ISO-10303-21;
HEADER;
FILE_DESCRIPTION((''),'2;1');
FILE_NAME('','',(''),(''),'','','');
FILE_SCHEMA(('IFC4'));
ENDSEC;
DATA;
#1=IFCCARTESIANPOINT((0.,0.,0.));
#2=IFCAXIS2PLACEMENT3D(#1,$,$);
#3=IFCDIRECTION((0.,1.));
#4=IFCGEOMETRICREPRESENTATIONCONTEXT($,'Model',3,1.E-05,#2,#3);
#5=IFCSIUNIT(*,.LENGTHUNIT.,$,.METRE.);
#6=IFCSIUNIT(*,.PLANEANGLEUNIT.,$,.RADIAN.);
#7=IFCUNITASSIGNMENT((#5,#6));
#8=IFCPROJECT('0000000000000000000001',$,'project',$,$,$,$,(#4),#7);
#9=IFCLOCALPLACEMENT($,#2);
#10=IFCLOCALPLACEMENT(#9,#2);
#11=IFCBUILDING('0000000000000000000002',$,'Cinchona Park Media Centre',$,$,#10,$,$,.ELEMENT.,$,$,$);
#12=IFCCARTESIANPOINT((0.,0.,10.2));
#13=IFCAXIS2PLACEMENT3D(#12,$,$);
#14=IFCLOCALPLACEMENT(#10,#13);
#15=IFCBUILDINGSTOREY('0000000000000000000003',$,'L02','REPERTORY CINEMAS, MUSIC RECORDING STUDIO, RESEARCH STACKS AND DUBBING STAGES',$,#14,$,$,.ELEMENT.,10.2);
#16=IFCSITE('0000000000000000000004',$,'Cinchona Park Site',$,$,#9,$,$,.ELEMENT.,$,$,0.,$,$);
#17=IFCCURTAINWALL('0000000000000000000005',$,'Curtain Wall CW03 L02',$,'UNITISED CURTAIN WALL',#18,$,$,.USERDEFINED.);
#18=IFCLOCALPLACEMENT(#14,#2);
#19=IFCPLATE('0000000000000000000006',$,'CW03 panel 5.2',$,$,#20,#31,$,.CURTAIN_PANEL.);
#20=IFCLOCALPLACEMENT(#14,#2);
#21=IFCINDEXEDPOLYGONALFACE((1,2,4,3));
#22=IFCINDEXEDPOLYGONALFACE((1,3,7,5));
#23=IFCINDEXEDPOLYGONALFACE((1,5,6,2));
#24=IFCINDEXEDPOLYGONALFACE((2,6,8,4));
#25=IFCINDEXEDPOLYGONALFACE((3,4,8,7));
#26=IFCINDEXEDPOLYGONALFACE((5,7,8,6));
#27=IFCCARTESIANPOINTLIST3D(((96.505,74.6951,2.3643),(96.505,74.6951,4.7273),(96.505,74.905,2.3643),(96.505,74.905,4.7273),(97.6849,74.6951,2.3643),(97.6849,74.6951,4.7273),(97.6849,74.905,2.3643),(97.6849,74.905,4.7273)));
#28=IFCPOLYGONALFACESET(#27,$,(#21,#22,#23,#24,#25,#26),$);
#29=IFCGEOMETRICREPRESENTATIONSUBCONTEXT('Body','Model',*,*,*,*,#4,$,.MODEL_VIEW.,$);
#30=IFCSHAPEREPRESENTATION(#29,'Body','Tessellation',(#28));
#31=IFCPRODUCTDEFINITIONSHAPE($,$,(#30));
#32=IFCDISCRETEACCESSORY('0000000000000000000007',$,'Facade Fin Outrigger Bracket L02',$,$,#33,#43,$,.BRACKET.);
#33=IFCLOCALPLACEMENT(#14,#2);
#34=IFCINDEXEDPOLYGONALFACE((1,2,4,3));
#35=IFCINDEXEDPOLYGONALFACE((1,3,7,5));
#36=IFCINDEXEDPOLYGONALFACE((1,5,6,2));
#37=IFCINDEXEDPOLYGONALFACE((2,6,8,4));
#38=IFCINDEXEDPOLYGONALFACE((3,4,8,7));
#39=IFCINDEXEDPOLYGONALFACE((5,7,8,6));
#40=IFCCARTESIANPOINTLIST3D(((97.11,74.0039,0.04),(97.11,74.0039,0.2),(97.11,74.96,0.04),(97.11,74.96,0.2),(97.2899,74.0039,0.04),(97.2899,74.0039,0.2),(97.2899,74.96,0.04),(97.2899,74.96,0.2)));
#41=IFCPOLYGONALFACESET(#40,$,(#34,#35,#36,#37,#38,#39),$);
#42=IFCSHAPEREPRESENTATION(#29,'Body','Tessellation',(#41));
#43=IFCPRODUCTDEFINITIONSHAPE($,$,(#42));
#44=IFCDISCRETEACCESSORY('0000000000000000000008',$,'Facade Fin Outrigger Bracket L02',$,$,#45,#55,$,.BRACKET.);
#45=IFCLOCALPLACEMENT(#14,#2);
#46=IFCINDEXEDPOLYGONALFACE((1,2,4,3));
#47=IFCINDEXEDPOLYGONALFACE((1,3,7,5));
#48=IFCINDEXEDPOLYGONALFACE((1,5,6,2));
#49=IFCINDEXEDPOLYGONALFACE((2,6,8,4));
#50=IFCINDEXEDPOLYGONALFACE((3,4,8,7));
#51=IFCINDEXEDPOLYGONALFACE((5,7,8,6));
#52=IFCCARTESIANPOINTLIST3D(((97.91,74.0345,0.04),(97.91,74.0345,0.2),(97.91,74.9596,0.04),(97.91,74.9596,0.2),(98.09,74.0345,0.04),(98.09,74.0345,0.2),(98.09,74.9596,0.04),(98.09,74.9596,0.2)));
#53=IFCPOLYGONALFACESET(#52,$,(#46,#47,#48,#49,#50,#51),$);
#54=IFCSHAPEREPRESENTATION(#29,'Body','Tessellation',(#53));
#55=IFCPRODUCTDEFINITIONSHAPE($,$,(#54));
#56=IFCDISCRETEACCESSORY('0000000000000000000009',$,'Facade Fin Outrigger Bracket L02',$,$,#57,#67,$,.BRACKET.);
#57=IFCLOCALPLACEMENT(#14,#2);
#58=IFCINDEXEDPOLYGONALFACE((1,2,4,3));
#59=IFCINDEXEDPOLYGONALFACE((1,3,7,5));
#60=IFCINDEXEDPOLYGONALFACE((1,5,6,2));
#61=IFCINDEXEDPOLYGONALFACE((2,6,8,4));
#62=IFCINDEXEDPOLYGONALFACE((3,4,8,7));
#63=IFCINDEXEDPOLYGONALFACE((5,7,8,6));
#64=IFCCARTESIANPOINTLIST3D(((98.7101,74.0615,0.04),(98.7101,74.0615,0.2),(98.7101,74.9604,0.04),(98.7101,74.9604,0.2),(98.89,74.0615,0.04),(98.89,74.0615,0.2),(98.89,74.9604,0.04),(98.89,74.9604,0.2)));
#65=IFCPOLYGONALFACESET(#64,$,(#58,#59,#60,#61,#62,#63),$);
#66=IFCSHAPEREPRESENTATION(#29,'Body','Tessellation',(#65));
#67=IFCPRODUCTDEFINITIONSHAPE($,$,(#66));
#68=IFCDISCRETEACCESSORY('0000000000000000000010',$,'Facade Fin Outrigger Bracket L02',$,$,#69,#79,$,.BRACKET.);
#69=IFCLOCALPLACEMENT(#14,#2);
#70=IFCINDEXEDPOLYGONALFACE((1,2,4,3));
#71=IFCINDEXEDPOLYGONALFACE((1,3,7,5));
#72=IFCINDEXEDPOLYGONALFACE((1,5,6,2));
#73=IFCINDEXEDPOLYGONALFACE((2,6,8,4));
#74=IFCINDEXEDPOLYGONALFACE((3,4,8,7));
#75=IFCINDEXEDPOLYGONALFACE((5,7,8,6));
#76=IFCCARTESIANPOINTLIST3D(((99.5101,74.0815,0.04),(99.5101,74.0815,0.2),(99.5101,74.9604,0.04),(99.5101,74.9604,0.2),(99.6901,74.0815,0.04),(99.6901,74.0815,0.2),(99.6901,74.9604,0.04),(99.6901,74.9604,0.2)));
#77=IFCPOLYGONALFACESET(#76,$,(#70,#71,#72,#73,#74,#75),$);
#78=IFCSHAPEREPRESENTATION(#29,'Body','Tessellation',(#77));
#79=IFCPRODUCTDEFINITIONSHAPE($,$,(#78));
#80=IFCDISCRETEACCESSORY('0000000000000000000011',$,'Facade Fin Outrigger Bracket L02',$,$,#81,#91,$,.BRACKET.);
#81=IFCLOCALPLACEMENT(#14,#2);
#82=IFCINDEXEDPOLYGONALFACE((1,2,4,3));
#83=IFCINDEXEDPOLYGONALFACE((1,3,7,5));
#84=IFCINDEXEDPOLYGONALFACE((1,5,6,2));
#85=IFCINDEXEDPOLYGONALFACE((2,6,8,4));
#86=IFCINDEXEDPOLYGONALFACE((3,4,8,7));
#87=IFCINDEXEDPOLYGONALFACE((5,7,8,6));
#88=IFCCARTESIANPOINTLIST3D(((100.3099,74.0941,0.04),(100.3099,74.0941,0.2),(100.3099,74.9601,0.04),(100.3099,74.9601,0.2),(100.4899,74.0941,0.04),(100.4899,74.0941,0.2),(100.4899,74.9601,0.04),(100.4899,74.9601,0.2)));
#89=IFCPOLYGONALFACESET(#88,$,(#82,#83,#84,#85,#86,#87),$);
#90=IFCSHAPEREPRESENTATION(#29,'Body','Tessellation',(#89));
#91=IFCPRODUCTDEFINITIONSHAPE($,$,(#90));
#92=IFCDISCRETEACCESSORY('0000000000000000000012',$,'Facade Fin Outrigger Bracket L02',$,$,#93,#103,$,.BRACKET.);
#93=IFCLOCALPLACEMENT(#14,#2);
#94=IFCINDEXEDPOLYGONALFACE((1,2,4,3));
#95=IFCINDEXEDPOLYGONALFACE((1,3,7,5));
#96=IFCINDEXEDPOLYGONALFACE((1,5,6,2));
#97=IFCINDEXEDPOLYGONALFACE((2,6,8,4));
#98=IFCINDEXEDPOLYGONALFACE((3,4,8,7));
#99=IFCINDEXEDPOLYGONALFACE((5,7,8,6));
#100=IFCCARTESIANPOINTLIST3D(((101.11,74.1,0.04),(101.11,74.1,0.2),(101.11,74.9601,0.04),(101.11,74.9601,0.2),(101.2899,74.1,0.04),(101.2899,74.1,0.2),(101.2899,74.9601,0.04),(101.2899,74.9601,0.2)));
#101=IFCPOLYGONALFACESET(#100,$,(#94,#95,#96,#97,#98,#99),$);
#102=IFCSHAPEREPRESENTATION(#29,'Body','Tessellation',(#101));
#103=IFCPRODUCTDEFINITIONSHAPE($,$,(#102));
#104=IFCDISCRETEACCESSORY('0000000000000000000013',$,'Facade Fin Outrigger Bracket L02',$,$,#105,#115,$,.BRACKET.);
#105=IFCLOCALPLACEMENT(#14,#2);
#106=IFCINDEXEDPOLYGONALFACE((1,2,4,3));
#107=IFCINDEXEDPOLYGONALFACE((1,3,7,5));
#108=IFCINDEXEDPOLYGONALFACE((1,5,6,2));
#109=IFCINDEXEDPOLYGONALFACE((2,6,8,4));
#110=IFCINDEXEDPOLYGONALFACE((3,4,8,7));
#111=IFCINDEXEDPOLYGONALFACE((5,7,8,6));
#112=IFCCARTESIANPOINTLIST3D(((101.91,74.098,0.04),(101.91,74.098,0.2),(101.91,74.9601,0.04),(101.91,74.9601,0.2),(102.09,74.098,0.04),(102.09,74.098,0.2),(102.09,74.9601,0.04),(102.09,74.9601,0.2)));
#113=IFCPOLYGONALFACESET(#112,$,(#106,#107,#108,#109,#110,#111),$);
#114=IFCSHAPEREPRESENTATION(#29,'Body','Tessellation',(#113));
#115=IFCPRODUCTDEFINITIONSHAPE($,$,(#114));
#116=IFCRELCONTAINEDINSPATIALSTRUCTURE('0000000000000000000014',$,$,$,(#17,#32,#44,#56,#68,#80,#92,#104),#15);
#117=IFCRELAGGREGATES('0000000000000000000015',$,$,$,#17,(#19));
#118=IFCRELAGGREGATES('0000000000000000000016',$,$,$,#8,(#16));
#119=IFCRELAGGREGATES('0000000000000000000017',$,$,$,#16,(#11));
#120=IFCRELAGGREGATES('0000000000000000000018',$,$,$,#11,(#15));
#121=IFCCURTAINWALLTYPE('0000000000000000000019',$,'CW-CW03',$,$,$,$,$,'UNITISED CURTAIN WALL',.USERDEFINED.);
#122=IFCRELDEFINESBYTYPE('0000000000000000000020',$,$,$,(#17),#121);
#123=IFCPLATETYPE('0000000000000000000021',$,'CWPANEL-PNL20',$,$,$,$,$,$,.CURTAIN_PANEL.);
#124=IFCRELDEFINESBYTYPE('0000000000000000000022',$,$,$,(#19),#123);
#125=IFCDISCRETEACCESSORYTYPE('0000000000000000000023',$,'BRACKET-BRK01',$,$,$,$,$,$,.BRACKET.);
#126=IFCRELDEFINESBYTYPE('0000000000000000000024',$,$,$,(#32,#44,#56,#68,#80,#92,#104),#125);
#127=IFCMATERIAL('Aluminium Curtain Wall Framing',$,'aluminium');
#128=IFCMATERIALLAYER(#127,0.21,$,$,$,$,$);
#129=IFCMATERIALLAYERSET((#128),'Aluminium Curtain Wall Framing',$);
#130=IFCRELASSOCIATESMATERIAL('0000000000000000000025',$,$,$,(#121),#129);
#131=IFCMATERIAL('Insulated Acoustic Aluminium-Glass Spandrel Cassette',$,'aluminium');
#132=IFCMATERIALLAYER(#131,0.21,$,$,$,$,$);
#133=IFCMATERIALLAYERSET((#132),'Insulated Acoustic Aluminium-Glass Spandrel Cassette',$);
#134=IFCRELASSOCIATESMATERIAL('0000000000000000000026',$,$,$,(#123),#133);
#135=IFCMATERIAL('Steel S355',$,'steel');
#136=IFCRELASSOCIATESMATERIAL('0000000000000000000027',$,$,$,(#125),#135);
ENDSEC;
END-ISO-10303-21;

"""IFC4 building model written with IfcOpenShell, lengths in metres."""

from ifc_helpers import new_model, si_unit, direction, frame, origin, origin_2d, place, context, subcontext, project, spatial, rectangle, extrude, material, layer, layer_set, type_object, element, aggregate, save


model = new_model("IFC4")

# Units and contexts
model_context = context("Model", 3, precision=1e-05, world=origin(), true_north=direction((0.0, 1.0)))
body_context = subcontext(model_context, "Body", "Model", "MODEL_VIEW")
ifc_project = project(units=[si_unit("LENGTHUNIT", "METRE"), si_unit("PLANEANGLEUNIT", "RADIAN")], contexts=[model_context])

# Site, building, storey
site_placement = place(None, origin())
site = spatial("IfcSite", under=ifc_project, at=site_placement, Name="Cinchona Park Site", CompositionType="ELEMENT", RefElevation=0.0)
building_placement = place(site_placement, origin())
building = spatial("IfcBuilding", under=site, at=building_placement, Name="Cinchona Park Media Centre", CompositionType="ELEMENT")
storey_placement = place(building_placement, frame((0.0, 0.0, 10.2)))
storey = spatial("IfcBuildingStorey", under=building, at=storey_placement, Name="L02", Description="REPERTORY CINEMAS, MUSIC RECORDING STUDIO, RESEARCH STACKS AND DUBBING STAGES", CompositionType="ELEMENT", Elevation=10.2)

# Curtain wall, plate
ifc_material_1 = material(Name="Aluminium Curtain Wall Framing", Category="aluminium")
ifc_layer_1 = layer(ifc_material_1, 0.21)
ifc_layer_set_1 = layer_set([ifc_layer_1], Name="Aluminium Curtain Wall Framing")
curtain_wall_type = type_object("IfcCurtainWallType", Name="CW-CW03", ElementType="UNITISED CURTAIN WALL", PredefinedType="USERDEFINED", material=ifc_layer_set_1)
curtain_wall_placement = place(storey_placement, origin())
curtain_wall = element("IfcCurtainWall", 1, at=curtain_wall_placement, inside=storey, type_object=curtain_wall_type, Name="Curtain Wall CW03 L02", ObjectType="UNITISED CURTAIN WALL", PredefinedType="USERDEFINED")
ifc_material_2 = material(Name="Insulated Acoustic Aluminium-Glass Spandrel Cassette", Category="aluminium")
ifc_layer_2 = layer(ifc_material_2, 0.21)
ifc_layer_set_2 = layer_set([ifc_layer_2], Name="Insulated Acoustic Aluminium-Glass Spandrel Cassette")
plate_type = type_object("IfcPlateType", Name="CWPANEL-PNL20", PredefinedType="CURTAIN_PANEL", material=ifc_layer_set_2)
plate_1_placement = place(storey_placement, frame((97.095, 74.8, 2.3643), z_axis=(0.0, 0.0, 1.0), x_axis=(-1.0, 0.0, 0.0)))
plate_1 = element("IfcPlate", 2, at=plate_1_placement, type_object=plate_type, Name="CW03 panel 5.2", PredefinedType="CURTAIN_PANEL", context=body_context, shape_type="SweptSolid", body=[
    extrude(rectangle(XDim=1.1799, YDim=0.21, at=origin_2d()), origin(), (0.0, 0.0, 1.0), 2.363),
])
aggregate(curtain_wall, [plate_1])

# Discrete accessories
ifc_material_3 = material(Name="Steel S355", Category="steel")
discrete_accessory_type = type_object("IfcDiscreteAccessoryType", Name="BRACKET-BRK01", PredefinedType="BRACKET", material=ifc_material_3)
discrete_accessory_1_placement = place(storey_placement, frame((97.2, 74.4819, 0.04), z_axis=(0.0, 0.0, 1.0), x_axis=(1.0, 0.0, 0.0)))
element("IfcDiscreteAccessory", 3, at=discrete_accessory_1_placement, inside=storey, type_object=discrete_accessory_type, Name="Facade Fin Outrigger Bracket L02", PredefinedType="BRACKET", context=body_context, shape_type="SweptSolid", body=[
    extrude(rectangle(XDim=0.1799, YDim=0.9561, at=origin_2d()), origin(), (0.0, 0.0, 1.0), 0.1599),
])
discrete_accessory_2_placement = place(storey_placement, frame((98.0, 74.4971, 0.04), z_axis=(0.0, 0.0, 1.0), x_axis=(1.0, 0.0, 0.0)))
element("IfcDiscreteAccessory", 4, at=discrete_accessory_2_placement, inside=storey, type_object=discrete_accessory_type, Name="Facade Fin Outrigger Bracket L02", PredefinedType="BRACKET", context=body_context, shape_type="SweptSolid", body=[
    extrude(rectangle(XDim=0.1799, YDim=0.925, at=origin_2d()), origin(), (0.0, 0.0, 1.0), 0.1599),
])
discrete_accessory_3_placement = place(storey_placement, frame((98.8, 74.511, 0.04), z_axis=(0.0, 0.0, 1.0), x_axis=(1.0, 0.0, 0.0)))
element("IfcDiscreteAccessory", 5, at=discrete_accessory_3_placement, inside=storey, type_object=discrete_accessory_type, Name="Facade Fin Outrigger Bracket L02", PredefinedType="BRACKET", context=body_context, shape_type="SweptSolid", body=[
    extrude(rectangle(XDim=0.1799, YDim=0.8989, at=origin_2d()), origin(), (0.0, 0.0, 1.0), 0.1599),
])
discrete_accessory_4_placement = place(storey_placement, frame((99.6001, 74.521, 0.04), z_axis=(0.0, 0.0, 1.0), x_axis=(1.0, 0.0, 0.0)))
element("IfcDiscreteAccessory", 6, at=discrete_accessory_4_placement, inside=storey, type_object=discrete_accessory_type, Name="Facade Fin Outrigger Bracket L02", PredefinedType="BRACKET", context=body_context, shape_type="SweptSolid", body=[
    extrude(rectangle(XDim=0.1799, YDim=0.8789, at=origin_2d()), origin(), (0.0, 0.0, 1.0), 0.1599),
])
discrete_accessory_5_placement = place(storey_placement, frame((100.3999, 74.5271, 0.04), z_axis=(0.0, 0.0, 1.0), x_axis=(1.0, 0.0, 0.0)))
element("IfcDiscreteAccessory", 7, at=discrete_accessory_5_placement, inside=storey, type_object=discrete_accessory_type, Name="Facade Fin Outrigger Bracket L02", PredefinedType="BRACKET", context=body_context, shape_type="SweptSolid", body=[
    extrude(rectangle(XDim=0.1799, YDim=0.866, at=origin_2d()), origin(), (0.0, 0.0, 1.0), 0.1599),
])
discrete_accessory_6_placement = place(storey_placement, frame((101.2, 74.53, 0.04), z_axis=(0.0, 0.0, 1.0), x_axis=(1.0, 0.0, 0.0)))
element("IfcDiscreteAccessory", 8, at=discrete_accessory_6_placement, inside=storey, type_object=discrete_accessory_type, Name="Facade Fin Outrigger Bracket L02", PredefinedType="BRACKET", context=body_context, shape_type="SweptSolid", body=[
    extrude(rectangle(XDim=0.1799, YDim=0.8601, at=origin_2d()), origin(), (0.0, 0.0, 1.0), 0.1599),
])
discrete_accessory_7_placement = place(storey_placement, frame((102.0, 74.5291, 0.04), z_axis=(0.0, 0.0, 1.0), x_axis=(1.0, 0.0, 0.0)))
element("IfcDiscreteAccessory", 9, at=discrete_accessory_7_placement, inside=storey, type_object=discrete_accessory_type, Name="Facade Fin Outrigger Bracket L02", PredefinedType="BRACKET", context=body_context, shape_type="SweptSolid", body=[
    extrude(rectangle(XDim=0.1799, YDim=0.8621, at=origin_2d()), origin(), (0.0, 0.0, 1.0), 0.1599),
])

save(model, "model.ifc")
